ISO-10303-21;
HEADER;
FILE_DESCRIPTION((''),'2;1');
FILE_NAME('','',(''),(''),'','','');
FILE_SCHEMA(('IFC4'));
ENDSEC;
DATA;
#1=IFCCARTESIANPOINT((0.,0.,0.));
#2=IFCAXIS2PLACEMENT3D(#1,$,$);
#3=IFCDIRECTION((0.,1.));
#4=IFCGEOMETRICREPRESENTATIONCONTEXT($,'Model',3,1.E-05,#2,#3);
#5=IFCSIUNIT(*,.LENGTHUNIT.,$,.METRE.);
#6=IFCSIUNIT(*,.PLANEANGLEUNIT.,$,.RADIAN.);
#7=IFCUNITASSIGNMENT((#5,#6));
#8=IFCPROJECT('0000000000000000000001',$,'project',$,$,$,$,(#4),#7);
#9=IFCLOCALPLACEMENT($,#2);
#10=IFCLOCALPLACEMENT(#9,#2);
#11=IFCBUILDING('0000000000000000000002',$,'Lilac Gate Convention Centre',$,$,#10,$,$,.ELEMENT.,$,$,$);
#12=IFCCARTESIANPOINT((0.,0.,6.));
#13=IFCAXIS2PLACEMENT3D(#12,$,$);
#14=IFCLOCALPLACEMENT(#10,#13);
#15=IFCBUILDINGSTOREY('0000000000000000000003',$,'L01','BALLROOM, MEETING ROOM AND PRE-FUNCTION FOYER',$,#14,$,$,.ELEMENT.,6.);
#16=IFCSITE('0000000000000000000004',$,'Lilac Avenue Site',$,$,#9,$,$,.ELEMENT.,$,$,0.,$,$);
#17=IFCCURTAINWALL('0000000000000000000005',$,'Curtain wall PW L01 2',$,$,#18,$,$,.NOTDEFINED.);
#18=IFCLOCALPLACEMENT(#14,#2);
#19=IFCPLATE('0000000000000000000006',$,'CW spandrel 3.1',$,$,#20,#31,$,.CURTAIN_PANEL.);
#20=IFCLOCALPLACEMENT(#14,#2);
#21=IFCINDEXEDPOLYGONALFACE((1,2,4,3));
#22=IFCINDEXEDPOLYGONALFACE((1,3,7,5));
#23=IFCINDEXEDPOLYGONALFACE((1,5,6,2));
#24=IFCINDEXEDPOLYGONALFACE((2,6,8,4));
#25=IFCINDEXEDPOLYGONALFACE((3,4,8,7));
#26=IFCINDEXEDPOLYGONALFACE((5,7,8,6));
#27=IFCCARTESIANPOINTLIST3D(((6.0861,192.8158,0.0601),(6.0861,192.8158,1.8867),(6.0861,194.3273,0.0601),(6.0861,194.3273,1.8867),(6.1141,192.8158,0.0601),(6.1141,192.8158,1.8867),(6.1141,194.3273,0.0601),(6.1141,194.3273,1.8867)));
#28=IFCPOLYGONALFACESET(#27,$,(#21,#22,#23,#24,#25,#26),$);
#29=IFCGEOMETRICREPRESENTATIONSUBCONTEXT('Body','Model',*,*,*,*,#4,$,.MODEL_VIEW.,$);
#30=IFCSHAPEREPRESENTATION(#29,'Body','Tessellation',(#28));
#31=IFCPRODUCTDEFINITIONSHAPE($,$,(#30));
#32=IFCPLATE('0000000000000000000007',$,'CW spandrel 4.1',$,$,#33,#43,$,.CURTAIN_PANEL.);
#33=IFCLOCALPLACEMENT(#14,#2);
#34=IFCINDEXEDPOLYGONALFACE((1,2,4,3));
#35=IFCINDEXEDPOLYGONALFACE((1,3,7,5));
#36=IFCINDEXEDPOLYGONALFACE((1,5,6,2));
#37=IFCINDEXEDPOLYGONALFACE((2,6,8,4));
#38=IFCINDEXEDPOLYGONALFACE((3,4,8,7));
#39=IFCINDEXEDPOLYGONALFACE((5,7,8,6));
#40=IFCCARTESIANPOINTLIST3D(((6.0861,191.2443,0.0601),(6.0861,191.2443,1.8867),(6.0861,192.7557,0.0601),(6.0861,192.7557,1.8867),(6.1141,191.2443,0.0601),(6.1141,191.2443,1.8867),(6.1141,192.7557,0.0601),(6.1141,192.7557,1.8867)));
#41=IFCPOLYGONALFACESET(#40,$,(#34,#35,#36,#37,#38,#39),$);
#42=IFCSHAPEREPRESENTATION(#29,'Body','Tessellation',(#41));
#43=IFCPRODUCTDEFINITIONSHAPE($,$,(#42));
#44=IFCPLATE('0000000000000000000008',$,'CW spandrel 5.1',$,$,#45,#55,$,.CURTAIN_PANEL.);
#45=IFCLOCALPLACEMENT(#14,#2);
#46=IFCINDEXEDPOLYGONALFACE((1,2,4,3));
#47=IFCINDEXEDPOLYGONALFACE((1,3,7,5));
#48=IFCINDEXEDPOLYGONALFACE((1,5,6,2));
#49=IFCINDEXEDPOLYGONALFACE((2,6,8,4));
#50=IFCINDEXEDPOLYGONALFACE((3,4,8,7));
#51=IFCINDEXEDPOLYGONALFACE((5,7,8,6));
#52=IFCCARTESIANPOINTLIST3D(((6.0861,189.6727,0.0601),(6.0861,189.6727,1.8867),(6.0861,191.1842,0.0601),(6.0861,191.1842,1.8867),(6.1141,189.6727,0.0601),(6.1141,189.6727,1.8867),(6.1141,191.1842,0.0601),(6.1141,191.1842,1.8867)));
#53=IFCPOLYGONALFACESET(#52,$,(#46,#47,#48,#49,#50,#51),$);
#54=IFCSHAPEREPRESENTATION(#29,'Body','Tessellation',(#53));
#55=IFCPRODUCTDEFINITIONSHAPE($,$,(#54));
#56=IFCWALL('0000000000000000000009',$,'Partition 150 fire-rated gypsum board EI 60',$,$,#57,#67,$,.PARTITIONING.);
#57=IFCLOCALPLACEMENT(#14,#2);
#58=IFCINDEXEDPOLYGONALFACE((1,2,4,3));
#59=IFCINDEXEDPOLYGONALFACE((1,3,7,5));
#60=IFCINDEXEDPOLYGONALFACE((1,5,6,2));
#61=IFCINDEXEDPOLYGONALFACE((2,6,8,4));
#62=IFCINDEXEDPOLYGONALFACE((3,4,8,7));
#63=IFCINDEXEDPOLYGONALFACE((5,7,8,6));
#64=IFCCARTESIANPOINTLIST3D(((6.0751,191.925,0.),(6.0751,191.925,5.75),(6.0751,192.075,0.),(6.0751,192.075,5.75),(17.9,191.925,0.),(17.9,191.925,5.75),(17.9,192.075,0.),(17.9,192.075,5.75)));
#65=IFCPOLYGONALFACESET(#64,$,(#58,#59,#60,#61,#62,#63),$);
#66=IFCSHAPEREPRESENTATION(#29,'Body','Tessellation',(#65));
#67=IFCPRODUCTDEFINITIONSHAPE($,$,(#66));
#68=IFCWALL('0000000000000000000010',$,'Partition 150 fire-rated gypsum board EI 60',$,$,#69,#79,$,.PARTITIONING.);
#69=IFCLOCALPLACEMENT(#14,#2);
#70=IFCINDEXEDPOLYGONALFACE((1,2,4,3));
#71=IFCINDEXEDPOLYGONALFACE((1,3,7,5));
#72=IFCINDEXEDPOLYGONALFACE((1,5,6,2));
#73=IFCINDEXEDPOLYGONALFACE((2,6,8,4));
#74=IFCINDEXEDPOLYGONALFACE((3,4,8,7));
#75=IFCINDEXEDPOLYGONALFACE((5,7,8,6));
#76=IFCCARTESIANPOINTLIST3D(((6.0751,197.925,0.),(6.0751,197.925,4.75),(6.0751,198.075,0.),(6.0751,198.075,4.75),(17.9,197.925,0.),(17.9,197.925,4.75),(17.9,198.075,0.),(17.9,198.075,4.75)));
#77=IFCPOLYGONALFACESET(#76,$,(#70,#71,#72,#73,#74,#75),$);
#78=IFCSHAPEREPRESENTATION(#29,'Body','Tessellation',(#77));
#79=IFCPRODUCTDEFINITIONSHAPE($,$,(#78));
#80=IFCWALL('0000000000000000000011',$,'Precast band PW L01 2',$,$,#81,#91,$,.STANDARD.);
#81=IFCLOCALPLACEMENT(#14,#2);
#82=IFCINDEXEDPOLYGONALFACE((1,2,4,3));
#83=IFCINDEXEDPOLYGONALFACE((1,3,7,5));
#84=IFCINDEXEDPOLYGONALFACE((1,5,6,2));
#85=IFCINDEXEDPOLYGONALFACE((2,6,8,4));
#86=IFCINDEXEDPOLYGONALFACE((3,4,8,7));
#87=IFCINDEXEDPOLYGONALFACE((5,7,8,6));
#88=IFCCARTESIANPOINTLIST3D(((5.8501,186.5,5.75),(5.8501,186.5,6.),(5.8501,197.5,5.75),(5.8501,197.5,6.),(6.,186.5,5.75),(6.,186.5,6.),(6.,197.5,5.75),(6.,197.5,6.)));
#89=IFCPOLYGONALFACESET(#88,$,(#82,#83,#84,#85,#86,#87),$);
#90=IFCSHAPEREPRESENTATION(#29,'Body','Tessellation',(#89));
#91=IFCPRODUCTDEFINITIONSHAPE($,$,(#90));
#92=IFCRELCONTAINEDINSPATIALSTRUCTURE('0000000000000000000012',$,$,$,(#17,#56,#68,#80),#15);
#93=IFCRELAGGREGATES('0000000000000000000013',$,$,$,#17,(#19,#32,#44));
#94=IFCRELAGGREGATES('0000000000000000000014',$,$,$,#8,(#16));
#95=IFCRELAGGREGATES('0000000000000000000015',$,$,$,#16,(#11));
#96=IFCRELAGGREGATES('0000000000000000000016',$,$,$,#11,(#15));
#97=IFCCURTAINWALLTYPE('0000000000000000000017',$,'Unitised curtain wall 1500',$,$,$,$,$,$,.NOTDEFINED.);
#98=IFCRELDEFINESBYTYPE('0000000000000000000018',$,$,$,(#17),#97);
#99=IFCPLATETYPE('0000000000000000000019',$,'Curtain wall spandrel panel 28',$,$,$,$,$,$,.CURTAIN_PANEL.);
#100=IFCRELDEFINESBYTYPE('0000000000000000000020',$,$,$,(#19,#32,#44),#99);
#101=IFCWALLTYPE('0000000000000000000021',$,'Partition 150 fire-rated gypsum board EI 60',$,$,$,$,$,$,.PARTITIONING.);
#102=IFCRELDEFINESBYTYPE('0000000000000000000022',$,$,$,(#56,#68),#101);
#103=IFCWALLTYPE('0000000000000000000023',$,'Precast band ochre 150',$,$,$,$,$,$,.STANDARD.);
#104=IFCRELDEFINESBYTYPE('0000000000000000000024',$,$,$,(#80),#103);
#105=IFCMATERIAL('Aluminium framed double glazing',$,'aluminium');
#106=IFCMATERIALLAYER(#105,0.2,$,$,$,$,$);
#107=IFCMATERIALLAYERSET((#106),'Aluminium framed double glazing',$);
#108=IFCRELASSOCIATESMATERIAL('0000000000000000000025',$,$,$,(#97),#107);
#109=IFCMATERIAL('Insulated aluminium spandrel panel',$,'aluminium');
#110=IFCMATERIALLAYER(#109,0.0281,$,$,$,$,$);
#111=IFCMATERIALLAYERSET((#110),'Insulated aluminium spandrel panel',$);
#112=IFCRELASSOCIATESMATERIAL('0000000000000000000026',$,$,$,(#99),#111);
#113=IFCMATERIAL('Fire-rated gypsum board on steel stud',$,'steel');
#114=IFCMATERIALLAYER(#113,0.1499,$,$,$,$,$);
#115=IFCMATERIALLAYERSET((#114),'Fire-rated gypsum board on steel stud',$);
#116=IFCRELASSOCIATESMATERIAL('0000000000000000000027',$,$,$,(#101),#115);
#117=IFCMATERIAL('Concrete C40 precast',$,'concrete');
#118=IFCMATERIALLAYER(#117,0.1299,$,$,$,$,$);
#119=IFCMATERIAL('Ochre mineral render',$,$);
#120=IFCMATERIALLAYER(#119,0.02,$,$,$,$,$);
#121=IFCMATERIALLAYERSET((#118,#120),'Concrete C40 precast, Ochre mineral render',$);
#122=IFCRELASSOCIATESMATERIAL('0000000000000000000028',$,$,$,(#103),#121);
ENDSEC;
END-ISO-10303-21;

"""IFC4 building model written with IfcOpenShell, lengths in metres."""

from ifc_helpers import new_model, si_unit, direction, frame, frame_2d, origin, origin_2d, place, context, subcontext, project, spatial, rectangle, extrude, material, layer, layer_set, type_object, element, aggregate, save


model = new_model("IFC4")

# Units and contexts
model_context = context("Model", 3, precision=1e-05, world=origin(), true_north=direction((0.0, 1.0)))
body_context = subcontext(model_context, "Body", "Model", "MODEL_VIEW")
ifc_project = project(units=[si_unit("LENGTHUNIT", "METRE"), si_unit("PLANEANGLEUNIT", "RADIAN")], contexts=[model_context])

# Site, building, storey
site_placement = place(None, origin())
site = spatial("IfcSite", under=ifc_project, at=site_placement, Name="Lilac Avenue Site", CompositionType="ELEMENT", RefElevation=0.0)
building_placement = place(site_placement, origin())
building = spatial("IfcBuilding", under=site, at=building_placement, Name="Lilac Gate Convention Centre", CompositionType="ELEMENT")
storey_placement = place(building_placement, frame((0.0, 0.0, 6.0)))
storey = spatial("IfcBuildingStorey", under=building, at=storey_placement, Name="L01", Description="BALLROOM, MEETING ROOM AND PRE-FUNCTION FOYER", CompositionType="ELEMENT", Elevation=6.0)

# Curtain wall
ifc_material_1 = material(Name="Aluminium framed double glazing", Category="aluminium")
ifc_layer_1 = layer(ifc_material_1, 0.2)
ifc_layer_set_1 = layer_set([ifc_layer_1], Name="Aluminium framed double glazing")
curtain_wall_type = type_object("IfcCurtainWallType", Name="Unitised curtain wall 1500", PredefinedType="NOTDEFINED", material=ifc_layer_set_1)
curtain_wall_placement = place(storey_placement, origin())
curtain_wall = element("IfcCurtainWall", 1, at=curtain_wall_placement, inside=storey, type_object=curtain_wall_type, Name="Curtain wall PW L01 2", PredefinedType="NOTDEFINED")

# Plates
ifc_material_2 = material(Name="Insulated aluminium spandrel panel", Category="aluminium")
ifc_layer_2 = layer(ifc_material_2, 0.0281)
ifc_layer_set_2 = layer_set([ifc_layer_2], Name="Insulated aluminium spandrel panel")
plate_type_1 = type_object("IfcPlateType", Name="Curtain wall spandrel panel 28", PredefinedType="CURTAIN_PANEL", material=ifc_layer_set_2)
plate_1_placement = place(storey_placement, frame((6.1001, 193.5715, 0.0601), z_axis=(0.0, 0.0, 1.0), x_axis=(0.0, -1.0, 0.0)))
plate_1 = element("IfcPlate", 2, at=plate_1_placement, type_object=plate_type_1, Name="CW spandrel 3.1", PredefinedType="CURTAIN_PANEL", context=body_context, shape_type="SweptSolid", body=[
    extrude(rectangle(XDim=1.5115, YDim=0.0281, at=origin_2d()), origin(), (0.0, 0.0, 1.0), 1.8267),
])
plate_2_placement = place(storey_placement, frame((6.1001, 192.0, 0.0601), z_axis=(0.0, 0.0, 1.0), x_axis=(0.0, -1.0, 0.0)))
plate_2 = element("IfcPlate", 3, at=plate_2_placement, type_object=plate_type_1, Name="CW spandrel 4.1", PredefinedType="CURTAIN_PANEL", context=body_context, shape_type="SweptSolid", body=[
    extrude(rectangle(XDim=1.5115, YDim=0.0281, at=origin_2d()), origin(), (0.0, 0.0, 1.0), 1.8267),
])
plate_3_placement = place(storey_placement, frame((6.1001, 190.4285, 0.0601), z_axis=(0.0, 0.0, 1.0), x_axis=(0.0, -1.0, 0.0)))
plate_3 = element("IfcPlate", 4, at=plate_3_placement, type_object=plate_type_1, Name="CW spandrel 5.1", PredefinedType="CURTAIN_PANEL", context=body_context, shape_type="SweptSolid", body=[
    extrude(rectangle(XDim=1.5115, YDim=0.0281, at=origin_2d()), origin(), (0.0, 0.0, 1.0), 1.8267),
])
aggregate(curtain_wall, [plate_1, plate_2, plate_3])

# Walls
ifc_material_3 = material(Name="Fire-rated gypsum board on steel stud", Category="steel")
ifc_layer_3 = layer(ifc_material_3, 0.1499)
ifc_layer_set_3 = layer_set([ifc_layer_3], Name="Fire-rated gypsum board on steel stud")
wall_type_1 = type_object("IfcWallType", Name="Partition 150 fire-rated gypsum board EI 60", PredefinedType="PARTITIONING", material=ifc_layer_set_3)
wall_1_placement = place(storey_placement, frame((6.075, 192.0, 0.0), z_axis=(0.0, 0.0, 1.0), x_axis=(1.0, 0.0, 0.0)))
element("IfcWall", 5, at=wall_1_placement, inside=storey, type_object=wall_type_1, Name="Partition 150 fire-rated gypsum board EI 60", PredefinedType="PARTITIONING", context=body_context, shape_type="SweptSolid", body=[
    extrude(rectangle(XDim=11.825, YDim=0.1499, at=frame_2d((5.9126, 0.0))), origin(), (0.0, 0.0, 1.0), 5.75),
])
wall_2_placement = place(storey_placement, frame((6.075, 198.0, 0.0), z_axis=(0.0, 0.0, 1.0), x_axis=(1.0, 0.0, 0.0)))
element("IfcWall", 6, at=wall_2_placement, inside=storey, type_object=wall_type_1, Name="Partition 150 fire-rated gypsum board EI 60", PredefinedType="PARTITIONING", context=body_context, shape_type="SweptSolid", body=[
    extrude(rectangle(XDim=11.825, YDim=0.1499, at=frame_2d((5.9126, 0.0))), origin(), (0.0, 0.0, 1.0), 4.75),
])
ifc_material_4 = material(Name="Concrete C40 precast", Category="concrete")
ifc_layer_4 = layer(ifc_material_4, 0.1299)
ifc_material_5 = material(Name="Ochre mineral render")
ifc_layer_5 = layer(ifc_material_5, 0.02)
ifc_layer_set_4 = layer_set([ifc_layer_4, ifc_layer_5], Name="Concrete C40 precast, Ochre mineral render")
wall_type_2 = type_object("IfcWallType", Name="Precast band ochre 150", PredefinedType="STANDARD", material=ifc_layer_set_4)
wall_3_placement = place(storey_placement, frame((5.925, 197.5, 5.75), z_axis=(0.0, 0.0, 1.0), x_axis=(0.0, -1.0, 0.0)))
element("IfcWall", 7, at=wall_3_placement, inside=storey, type_object=wall_type_2, Name="Precast band PW L01 2", PredefinedType="STANDARD", context=body_context, shape_type="SweptSolid", body=[
    extrude(rectangle(XDim=11.0, YDim=0.1499, at=frame_2d((5.5, 0.0))), origin(), (0.0, 0.0, 1.0), 0.25),
])

save(model, "model.ifc")
